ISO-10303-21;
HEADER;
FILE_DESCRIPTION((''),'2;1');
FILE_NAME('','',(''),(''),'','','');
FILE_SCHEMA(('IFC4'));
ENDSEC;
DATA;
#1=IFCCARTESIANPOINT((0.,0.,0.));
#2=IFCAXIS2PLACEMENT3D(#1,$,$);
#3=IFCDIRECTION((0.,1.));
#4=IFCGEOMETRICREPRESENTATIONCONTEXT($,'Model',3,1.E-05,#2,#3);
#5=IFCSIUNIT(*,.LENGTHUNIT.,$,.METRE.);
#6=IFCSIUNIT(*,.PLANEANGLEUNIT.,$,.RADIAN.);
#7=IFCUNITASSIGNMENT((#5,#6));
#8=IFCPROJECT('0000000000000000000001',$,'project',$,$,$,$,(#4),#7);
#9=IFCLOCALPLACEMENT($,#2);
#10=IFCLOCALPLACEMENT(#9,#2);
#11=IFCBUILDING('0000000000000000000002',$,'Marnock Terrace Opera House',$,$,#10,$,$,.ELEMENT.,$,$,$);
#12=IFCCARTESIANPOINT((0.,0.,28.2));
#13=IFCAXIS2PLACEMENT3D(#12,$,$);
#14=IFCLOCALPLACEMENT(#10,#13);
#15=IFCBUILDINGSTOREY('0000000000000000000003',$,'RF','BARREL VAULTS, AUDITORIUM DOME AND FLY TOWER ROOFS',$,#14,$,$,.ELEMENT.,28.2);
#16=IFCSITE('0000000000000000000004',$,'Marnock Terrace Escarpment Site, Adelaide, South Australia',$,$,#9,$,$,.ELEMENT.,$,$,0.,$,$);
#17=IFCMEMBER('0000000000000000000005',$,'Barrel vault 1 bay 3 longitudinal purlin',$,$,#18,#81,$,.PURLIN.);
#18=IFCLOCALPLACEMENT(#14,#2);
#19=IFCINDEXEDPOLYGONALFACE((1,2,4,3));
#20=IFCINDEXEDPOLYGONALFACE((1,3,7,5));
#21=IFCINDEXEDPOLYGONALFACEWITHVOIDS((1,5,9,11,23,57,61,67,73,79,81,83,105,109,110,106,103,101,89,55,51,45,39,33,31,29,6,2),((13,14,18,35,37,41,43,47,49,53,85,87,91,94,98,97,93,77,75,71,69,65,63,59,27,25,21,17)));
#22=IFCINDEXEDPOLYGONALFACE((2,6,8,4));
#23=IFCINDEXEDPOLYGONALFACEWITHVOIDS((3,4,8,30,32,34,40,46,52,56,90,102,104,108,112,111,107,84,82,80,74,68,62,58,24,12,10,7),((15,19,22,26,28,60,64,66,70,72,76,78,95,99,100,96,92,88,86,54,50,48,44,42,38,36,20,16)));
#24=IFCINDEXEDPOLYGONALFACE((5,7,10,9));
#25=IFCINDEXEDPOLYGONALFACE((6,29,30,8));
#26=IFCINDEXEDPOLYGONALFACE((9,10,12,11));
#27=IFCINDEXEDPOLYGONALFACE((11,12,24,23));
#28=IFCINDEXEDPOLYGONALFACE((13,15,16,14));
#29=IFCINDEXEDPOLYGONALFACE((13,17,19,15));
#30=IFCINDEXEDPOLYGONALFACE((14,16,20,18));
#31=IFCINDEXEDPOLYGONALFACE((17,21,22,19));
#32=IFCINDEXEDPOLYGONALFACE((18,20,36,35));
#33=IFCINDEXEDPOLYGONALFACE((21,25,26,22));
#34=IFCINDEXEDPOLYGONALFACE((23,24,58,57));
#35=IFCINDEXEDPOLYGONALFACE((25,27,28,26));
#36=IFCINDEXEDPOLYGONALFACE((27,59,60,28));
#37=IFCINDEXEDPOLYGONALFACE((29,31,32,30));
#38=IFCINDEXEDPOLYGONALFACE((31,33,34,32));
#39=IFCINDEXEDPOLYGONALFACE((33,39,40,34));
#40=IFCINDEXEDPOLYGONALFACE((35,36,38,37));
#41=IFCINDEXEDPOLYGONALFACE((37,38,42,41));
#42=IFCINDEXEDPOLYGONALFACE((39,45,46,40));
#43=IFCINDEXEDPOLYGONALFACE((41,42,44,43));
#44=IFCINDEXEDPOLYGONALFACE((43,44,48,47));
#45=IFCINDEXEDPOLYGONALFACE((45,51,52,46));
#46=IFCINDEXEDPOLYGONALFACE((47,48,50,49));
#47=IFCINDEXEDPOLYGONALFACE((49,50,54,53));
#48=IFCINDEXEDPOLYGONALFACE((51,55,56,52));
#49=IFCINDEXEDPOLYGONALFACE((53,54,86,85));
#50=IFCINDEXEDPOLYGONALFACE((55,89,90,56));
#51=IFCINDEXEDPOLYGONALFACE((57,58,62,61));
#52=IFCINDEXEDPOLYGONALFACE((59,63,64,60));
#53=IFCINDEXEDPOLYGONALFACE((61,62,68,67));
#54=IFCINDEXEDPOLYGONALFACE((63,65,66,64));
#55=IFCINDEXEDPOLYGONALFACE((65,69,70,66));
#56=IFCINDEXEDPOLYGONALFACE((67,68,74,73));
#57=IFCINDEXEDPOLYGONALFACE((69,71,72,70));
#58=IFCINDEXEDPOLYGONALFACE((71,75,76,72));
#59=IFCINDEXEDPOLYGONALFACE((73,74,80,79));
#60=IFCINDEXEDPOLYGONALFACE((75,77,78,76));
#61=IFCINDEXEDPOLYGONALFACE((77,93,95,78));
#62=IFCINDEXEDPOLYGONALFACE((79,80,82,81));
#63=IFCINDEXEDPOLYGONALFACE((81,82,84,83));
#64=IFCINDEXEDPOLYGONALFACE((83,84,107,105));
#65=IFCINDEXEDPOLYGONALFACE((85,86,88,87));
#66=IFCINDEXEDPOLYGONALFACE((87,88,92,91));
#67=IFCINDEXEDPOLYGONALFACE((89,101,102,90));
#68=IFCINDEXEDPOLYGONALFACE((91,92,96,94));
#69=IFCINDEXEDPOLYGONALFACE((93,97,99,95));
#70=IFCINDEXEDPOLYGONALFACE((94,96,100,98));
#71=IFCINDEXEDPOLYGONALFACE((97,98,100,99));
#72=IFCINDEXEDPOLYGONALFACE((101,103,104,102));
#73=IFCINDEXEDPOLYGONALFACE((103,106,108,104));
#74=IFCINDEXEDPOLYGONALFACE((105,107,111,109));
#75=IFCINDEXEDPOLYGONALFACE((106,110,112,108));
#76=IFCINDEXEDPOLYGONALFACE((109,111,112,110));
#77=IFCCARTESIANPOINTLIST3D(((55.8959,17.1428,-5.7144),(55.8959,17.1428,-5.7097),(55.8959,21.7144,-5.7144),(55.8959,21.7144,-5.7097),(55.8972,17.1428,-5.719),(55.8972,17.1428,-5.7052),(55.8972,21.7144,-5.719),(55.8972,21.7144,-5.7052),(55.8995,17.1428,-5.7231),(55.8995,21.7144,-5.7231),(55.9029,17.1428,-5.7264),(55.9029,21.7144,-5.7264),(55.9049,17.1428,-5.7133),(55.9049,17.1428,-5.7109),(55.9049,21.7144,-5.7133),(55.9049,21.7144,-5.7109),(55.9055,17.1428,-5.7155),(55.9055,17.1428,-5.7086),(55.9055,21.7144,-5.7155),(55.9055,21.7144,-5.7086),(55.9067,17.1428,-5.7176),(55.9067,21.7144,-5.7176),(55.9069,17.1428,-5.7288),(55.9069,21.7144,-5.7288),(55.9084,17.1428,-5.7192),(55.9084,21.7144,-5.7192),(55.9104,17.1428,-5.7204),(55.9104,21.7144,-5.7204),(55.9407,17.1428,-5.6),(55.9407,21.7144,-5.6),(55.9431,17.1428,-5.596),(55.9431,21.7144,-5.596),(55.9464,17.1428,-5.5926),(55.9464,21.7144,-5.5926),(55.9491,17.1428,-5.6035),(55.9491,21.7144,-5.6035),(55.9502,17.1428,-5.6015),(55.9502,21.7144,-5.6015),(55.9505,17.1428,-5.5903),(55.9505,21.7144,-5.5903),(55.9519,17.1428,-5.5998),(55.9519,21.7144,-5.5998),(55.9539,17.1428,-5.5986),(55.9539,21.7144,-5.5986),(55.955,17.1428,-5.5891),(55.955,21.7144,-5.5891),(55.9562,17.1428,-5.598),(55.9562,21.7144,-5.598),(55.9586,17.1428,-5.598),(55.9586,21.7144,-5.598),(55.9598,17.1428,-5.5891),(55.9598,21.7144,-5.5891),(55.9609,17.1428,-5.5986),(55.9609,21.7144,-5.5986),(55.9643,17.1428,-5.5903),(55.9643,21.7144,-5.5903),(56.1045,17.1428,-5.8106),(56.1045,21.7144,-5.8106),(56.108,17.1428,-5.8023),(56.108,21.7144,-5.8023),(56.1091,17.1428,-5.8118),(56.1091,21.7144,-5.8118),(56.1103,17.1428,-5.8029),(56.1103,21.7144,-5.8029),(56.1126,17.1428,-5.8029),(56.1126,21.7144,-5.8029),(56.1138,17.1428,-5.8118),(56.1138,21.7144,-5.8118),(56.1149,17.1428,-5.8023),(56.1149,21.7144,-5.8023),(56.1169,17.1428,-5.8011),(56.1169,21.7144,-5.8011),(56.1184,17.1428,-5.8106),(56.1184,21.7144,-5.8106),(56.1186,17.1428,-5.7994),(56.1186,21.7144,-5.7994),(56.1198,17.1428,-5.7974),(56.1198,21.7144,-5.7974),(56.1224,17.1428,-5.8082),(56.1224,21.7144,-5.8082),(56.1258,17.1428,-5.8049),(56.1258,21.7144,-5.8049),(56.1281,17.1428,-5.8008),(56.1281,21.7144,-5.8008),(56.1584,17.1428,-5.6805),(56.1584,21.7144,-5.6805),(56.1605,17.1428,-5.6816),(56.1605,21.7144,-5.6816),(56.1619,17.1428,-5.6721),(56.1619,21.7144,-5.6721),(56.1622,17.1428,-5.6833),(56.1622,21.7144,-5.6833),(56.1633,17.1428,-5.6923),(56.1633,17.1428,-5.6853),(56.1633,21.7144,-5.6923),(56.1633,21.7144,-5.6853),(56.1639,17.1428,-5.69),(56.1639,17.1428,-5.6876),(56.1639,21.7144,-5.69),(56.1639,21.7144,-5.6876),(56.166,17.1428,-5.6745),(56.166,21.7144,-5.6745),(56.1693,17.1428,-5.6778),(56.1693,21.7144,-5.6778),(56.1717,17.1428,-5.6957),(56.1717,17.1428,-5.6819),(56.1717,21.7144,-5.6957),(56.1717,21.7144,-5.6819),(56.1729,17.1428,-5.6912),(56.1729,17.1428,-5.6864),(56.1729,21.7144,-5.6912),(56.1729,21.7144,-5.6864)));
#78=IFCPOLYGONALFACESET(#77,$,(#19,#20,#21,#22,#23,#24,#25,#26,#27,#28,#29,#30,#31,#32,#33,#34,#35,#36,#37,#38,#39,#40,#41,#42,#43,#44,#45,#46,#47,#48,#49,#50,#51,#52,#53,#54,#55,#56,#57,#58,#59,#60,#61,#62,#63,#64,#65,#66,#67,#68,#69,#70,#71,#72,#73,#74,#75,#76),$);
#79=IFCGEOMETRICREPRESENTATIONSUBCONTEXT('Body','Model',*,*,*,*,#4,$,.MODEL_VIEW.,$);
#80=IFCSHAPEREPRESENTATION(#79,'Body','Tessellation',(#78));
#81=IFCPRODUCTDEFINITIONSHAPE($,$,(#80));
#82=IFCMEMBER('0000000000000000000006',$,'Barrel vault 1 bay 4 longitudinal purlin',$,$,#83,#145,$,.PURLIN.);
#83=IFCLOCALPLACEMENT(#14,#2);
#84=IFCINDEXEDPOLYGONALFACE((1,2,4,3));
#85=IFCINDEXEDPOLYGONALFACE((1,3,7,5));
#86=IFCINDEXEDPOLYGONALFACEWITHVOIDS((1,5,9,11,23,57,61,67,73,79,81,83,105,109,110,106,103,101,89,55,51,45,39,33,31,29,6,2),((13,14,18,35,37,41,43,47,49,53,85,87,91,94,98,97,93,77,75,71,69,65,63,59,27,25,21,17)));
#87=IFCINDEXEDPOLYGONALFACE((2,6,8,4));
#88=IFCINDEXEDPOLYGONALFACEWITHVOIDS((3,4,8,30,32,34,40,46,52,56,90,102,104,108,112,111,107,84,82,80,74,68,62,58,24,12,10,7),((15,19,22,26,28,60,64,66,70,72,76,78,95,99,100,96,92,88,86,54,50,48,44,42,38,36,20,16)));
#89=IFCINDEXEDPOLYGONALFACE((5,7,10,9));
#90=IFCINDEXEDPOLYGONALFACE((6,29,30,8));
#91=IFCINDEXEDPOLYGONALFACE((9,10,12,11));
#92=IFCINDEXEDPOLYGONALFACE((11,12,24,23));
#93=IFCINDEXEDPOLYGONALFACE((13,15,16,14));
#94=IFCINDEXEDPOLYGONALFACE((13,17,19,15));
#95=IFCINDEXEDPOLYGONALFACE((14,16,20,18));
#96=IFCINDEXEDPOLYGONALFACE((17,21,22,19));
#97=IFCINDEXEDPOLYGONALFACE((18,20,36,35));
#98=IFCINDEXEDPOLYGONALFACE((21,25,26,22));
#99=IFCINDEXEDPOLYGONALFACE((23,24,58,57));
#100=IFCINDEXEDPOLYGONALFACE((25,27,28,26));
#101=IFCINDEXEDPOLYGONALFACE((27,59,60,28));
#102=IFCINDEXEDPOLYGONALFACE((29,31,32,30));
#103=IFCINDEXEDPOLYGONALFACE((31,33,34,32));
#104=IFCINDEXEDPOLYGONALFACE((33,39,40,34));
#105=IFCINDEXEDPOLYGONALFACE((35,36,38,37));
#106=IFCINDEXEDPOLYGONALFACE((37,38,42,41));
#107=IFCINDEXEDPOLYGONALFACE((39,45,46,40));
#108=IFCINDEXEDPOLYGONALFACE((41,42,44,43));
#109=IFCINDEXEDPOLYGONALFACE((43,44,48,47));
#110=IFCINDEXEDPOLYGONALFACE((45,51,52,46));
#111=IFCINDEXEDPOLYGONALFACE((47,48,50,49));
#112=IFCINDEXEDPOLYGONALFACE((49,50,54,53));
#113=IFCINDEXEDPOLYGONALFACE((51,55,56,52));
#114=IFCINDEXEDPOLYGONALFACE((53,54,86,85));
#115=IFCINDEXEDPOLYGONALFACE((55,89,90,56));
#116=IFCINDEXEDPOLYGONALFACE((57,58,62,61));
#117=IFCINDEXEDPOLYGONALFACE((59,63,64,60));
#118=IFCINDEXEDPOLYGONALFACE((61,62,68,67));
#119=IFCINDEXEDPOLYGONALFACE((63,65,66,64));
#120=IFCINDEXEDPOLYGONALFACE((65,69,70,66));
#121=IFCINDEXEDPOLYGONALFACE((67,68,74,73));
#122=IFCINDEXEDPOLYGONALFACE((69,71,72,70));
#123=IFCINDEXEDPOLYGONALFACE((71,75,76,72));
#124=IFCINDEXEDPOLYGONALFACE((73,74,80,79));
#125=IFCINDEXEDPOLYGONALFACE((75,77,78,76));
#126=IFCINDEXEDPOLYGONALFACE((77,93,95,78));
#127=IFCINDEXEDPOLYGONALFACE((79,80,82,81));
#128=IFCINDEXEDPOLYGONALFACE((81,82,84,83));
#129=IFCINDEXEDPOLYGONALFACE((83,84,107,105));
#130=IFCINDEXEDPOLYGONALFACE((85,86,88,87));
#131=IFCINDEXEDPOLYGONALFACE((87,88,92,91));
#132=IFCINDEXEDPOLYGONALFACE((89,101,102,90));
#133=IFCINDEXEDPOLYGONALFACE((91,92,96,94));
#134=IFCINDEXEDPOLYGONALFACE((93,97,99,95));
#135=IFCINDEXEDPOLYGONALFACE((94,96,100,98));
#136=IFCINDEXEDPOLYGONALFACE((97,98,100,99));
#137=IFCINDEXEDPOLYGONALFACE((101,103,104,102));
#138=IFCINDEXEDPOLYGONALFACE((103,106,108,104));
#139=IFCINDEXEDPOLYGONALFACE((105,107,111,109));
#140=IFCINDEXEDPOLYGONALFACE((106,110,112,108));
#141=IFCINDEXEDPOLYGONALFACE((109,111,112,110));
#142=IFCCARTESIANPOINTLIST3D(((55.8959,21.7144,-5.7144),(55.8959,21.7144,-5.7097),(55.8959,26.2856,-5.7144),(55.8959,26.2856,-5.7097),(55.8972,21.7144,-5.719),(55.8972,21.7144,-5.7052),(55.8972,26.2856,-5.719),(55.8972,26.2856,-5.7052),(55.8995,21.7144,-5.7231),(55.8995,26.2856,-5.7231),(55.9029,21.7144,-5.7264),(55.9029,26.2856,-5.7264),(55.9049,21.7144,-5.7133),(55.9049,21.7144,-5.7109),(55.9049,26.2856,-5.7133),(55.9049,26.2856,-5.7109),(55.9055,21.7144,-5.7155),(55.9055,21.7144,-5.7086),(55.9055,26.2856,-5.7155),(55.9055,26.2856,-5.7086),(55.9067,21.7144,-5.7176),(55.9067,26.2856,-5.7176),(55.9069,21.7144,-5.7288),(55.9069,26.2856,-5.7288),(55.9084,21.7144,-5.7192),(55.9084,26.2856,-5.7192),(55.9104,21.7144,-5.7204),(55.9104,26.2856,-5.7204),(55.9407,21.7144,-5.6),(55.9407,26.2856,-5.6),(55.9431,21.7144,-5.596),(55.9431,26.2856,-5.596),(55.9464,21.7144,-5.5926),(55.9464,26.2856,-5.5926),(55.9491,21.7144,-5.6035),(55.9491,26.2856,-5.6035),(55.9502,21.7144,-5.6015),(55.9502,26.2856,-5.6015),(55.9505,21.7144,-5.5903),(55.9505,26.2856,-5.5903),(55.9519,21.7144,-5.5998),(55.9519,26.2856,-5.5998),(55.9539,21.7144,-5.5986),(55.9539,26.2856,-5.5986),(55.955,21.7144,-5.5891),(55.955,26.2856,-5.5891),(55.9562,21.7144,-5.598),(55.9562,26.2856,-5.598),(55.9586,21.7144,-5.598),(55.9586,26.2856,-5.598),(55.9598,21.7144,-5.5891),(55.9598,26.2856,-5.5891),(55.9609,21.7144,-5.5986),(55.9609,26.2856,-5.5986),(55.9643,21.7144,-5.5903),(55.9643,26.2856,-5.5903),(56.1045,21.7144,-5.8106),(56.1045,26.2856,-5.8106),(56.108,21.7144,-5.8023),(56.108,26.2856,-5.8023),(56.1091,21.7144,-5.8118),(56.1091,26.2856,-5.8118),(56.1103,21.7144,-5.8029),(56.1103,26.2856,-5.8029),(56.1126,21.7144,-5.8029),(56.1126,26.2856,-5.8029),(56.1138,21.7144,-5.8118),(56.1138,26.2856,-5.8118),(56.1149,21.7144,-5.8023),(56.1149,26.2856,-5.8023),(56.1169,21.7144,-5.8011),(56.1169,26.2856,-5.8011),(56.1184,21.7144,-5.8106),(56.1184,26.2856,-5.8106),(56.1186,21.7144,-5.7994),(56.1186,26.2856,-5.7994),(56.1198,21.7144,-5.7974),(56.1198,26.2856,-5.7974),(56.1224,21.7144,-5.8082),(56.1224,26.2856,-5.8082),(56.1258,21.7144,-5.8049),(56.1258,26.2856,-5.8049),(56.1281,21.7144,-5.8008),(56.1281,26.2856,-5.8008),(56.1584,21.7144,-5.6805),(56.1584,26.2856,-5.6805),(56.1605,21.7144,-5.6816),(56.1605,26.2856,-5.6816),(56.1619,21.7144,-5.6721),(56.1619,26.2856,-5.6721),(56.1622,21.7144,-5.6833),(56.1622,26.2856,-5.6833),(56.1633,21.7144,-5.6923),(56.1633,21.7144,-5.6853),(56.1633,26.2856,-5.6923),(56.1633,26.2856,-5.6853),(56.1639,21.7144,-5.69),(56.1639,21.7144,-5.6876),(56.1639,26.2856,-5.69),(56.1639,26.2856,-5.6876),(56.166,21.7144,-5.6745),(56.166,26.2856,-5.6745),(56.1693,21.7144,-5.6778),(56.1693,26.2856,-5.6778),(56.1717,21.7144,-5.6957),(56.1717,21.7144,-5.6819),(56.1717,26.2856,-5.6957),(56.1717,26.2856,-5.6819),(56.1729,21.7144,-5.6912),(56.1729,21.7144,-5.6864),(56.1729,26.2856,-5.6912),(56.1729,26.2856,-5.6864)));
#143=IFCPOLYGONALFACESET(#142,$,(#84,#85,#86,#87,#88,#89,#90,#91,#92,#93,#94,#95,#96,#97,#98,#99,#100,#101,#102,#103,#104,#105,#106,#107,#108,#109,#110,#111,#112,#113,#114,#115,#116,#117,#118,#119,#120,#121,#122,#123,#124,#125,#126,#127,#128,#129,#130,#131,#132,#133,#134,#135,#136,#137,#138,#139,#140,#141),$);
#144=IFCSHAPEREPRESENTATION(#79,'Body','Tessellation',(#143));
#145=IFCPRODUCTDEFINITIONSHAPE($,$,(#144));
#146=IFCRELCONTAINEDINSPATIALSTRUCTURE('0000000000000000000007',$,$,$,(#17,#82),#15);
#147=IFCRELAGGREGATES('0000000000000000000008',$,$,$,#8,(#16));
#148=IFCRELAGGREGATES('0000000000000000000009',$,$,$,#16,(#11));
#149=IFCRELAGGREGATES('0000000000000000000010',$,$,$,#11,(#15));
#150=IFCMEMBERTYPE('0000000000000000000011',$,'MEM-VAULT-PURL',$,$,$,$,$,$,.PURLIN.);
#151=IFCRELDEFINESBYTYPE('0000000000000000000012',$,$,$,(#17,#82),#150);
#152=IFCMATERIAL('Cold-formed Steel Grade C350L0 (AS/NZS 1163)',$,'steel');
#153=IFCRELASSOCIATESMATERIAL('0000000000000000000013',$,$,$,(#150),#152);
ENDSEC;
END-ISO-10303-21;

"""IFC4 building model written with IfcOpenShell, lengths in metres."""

from ifc_helpers import new_model, si_unit, direction, frame, origin, origin_2d, place, context, subcontext, project, spatial, hollow_rectangle, extrude, material, material_profile, profile_set, type_object, element, save


model = new_model("IFC4")

# Units and contexts
model_context = context("Model", 3, precision=1e-05, world=origin(), true_north=direction((0.0, 1.0)))
body_context = subcontext(model_context, "Body", "Model", "MODEL_VIEW")
ifc_project = project(units=[si_unit("LENGTHUNIT", "METRE"), si_unit("PLANEANGLEUNIT", "RADIAN")], contexts=[model_context])

# Site, building, storey
site_placement = place(None, origin())
site = spatial("IfcSite", under=ifc_project, at=site_placement, Name="Marnock Terrace Escarpment Site, Adelaide, South Australia", CompositionType="ELEMENT", RefElevation=0.0)
building_placement = place(site_placement, origin())
building = spatial("IfcBuilding", under=site, at=building_placement, Name="Marnock Terrace Opera House", CompositionType="ELEMENT")
storey_placement = place(building_placement, frame((0.0, 0.0, 28.2)))
storey = spatial("IfcBuildingStorey", under=building, at=storey_placement, Name="RF", Description="BARREL VAULTS, AUDITORIUM DOME AND FLY TOWER ROOFS", CompositionType="ELEMENT", Elevation=28.2)

# Members
ifc_material_1 = material(Name="Cold-formed Steel Grade C350L0 (AS/NZS 1163)", Category="steel")
ifc_material_profile_1 = material_profile(ifc_material_1, hollow_rectangle(XDim=0.1499, YDim=0.25, WallThickness=0.009, InnerFilletRadius=0.009, OuterFilletRadius=0.0181, at=origin_2d()))
ifc_profile_set_1 = profile_set([ifc_material_profile_1], Name="Cold-formed Steel Grade C350L0 (AS/NZS 1163)")
member_type_1 = type_object("IfcMemberType", Name="MEM-VAULT-PURL", PredefinedType="PURLIN", material=ifc_profile_set_1)
member_1_placement = place(storey_placement, frame((56.0344, 17.1428, -5.7004), z_axis=(0.0, 1.0, 0.0), x_axis=(-0.382683, 0.0, -0.92388)))
element("IfcMember", 1, at=member_1_placement, inside=storey, type_object=member_type_1, Name="Barrel vault 1 bay 3 longitudinal purlin", PredefinedType="PURLIN", context=body_context, shape_type="SweptSolid", body=[
    extrude(hollow_rectangle(XDim=0.1499, YDim=0.25, WallThickness=0.009, InnerFilletRadius=0.009, OuterFilletRadius=0.0181, at=origin_2d()), origin(), (0.0, 0.0, 1.0), 4.5715),
])
member_2_placement = place(storey_placement, frame((56.0344, 21.7144, -5.7004), z_axis=(0.0, 1.0, 0.0), x_axis=(-0.382683, 0.0, -0.92388)))
element("IfcMember", 2, at=member_2_placement, inside=storey, type_object=member_type_1, Name="Barrel vault 1 bay 4 longitudinal purlin", PredefinedType="PURLIN", context=body_context, shape_type="SweptSolid", body=[
    extrude(hollow_rectangle(XDim=0.1499, YDim=0.25, WallThickness=0.009, InnerFilletRadius=0.009, OuterFilletRadius=0.0181, at=origin_2d()), origin(), (0.0, 0.0, 1.0), 4.5713),
])

save(model, "model.ifc")
